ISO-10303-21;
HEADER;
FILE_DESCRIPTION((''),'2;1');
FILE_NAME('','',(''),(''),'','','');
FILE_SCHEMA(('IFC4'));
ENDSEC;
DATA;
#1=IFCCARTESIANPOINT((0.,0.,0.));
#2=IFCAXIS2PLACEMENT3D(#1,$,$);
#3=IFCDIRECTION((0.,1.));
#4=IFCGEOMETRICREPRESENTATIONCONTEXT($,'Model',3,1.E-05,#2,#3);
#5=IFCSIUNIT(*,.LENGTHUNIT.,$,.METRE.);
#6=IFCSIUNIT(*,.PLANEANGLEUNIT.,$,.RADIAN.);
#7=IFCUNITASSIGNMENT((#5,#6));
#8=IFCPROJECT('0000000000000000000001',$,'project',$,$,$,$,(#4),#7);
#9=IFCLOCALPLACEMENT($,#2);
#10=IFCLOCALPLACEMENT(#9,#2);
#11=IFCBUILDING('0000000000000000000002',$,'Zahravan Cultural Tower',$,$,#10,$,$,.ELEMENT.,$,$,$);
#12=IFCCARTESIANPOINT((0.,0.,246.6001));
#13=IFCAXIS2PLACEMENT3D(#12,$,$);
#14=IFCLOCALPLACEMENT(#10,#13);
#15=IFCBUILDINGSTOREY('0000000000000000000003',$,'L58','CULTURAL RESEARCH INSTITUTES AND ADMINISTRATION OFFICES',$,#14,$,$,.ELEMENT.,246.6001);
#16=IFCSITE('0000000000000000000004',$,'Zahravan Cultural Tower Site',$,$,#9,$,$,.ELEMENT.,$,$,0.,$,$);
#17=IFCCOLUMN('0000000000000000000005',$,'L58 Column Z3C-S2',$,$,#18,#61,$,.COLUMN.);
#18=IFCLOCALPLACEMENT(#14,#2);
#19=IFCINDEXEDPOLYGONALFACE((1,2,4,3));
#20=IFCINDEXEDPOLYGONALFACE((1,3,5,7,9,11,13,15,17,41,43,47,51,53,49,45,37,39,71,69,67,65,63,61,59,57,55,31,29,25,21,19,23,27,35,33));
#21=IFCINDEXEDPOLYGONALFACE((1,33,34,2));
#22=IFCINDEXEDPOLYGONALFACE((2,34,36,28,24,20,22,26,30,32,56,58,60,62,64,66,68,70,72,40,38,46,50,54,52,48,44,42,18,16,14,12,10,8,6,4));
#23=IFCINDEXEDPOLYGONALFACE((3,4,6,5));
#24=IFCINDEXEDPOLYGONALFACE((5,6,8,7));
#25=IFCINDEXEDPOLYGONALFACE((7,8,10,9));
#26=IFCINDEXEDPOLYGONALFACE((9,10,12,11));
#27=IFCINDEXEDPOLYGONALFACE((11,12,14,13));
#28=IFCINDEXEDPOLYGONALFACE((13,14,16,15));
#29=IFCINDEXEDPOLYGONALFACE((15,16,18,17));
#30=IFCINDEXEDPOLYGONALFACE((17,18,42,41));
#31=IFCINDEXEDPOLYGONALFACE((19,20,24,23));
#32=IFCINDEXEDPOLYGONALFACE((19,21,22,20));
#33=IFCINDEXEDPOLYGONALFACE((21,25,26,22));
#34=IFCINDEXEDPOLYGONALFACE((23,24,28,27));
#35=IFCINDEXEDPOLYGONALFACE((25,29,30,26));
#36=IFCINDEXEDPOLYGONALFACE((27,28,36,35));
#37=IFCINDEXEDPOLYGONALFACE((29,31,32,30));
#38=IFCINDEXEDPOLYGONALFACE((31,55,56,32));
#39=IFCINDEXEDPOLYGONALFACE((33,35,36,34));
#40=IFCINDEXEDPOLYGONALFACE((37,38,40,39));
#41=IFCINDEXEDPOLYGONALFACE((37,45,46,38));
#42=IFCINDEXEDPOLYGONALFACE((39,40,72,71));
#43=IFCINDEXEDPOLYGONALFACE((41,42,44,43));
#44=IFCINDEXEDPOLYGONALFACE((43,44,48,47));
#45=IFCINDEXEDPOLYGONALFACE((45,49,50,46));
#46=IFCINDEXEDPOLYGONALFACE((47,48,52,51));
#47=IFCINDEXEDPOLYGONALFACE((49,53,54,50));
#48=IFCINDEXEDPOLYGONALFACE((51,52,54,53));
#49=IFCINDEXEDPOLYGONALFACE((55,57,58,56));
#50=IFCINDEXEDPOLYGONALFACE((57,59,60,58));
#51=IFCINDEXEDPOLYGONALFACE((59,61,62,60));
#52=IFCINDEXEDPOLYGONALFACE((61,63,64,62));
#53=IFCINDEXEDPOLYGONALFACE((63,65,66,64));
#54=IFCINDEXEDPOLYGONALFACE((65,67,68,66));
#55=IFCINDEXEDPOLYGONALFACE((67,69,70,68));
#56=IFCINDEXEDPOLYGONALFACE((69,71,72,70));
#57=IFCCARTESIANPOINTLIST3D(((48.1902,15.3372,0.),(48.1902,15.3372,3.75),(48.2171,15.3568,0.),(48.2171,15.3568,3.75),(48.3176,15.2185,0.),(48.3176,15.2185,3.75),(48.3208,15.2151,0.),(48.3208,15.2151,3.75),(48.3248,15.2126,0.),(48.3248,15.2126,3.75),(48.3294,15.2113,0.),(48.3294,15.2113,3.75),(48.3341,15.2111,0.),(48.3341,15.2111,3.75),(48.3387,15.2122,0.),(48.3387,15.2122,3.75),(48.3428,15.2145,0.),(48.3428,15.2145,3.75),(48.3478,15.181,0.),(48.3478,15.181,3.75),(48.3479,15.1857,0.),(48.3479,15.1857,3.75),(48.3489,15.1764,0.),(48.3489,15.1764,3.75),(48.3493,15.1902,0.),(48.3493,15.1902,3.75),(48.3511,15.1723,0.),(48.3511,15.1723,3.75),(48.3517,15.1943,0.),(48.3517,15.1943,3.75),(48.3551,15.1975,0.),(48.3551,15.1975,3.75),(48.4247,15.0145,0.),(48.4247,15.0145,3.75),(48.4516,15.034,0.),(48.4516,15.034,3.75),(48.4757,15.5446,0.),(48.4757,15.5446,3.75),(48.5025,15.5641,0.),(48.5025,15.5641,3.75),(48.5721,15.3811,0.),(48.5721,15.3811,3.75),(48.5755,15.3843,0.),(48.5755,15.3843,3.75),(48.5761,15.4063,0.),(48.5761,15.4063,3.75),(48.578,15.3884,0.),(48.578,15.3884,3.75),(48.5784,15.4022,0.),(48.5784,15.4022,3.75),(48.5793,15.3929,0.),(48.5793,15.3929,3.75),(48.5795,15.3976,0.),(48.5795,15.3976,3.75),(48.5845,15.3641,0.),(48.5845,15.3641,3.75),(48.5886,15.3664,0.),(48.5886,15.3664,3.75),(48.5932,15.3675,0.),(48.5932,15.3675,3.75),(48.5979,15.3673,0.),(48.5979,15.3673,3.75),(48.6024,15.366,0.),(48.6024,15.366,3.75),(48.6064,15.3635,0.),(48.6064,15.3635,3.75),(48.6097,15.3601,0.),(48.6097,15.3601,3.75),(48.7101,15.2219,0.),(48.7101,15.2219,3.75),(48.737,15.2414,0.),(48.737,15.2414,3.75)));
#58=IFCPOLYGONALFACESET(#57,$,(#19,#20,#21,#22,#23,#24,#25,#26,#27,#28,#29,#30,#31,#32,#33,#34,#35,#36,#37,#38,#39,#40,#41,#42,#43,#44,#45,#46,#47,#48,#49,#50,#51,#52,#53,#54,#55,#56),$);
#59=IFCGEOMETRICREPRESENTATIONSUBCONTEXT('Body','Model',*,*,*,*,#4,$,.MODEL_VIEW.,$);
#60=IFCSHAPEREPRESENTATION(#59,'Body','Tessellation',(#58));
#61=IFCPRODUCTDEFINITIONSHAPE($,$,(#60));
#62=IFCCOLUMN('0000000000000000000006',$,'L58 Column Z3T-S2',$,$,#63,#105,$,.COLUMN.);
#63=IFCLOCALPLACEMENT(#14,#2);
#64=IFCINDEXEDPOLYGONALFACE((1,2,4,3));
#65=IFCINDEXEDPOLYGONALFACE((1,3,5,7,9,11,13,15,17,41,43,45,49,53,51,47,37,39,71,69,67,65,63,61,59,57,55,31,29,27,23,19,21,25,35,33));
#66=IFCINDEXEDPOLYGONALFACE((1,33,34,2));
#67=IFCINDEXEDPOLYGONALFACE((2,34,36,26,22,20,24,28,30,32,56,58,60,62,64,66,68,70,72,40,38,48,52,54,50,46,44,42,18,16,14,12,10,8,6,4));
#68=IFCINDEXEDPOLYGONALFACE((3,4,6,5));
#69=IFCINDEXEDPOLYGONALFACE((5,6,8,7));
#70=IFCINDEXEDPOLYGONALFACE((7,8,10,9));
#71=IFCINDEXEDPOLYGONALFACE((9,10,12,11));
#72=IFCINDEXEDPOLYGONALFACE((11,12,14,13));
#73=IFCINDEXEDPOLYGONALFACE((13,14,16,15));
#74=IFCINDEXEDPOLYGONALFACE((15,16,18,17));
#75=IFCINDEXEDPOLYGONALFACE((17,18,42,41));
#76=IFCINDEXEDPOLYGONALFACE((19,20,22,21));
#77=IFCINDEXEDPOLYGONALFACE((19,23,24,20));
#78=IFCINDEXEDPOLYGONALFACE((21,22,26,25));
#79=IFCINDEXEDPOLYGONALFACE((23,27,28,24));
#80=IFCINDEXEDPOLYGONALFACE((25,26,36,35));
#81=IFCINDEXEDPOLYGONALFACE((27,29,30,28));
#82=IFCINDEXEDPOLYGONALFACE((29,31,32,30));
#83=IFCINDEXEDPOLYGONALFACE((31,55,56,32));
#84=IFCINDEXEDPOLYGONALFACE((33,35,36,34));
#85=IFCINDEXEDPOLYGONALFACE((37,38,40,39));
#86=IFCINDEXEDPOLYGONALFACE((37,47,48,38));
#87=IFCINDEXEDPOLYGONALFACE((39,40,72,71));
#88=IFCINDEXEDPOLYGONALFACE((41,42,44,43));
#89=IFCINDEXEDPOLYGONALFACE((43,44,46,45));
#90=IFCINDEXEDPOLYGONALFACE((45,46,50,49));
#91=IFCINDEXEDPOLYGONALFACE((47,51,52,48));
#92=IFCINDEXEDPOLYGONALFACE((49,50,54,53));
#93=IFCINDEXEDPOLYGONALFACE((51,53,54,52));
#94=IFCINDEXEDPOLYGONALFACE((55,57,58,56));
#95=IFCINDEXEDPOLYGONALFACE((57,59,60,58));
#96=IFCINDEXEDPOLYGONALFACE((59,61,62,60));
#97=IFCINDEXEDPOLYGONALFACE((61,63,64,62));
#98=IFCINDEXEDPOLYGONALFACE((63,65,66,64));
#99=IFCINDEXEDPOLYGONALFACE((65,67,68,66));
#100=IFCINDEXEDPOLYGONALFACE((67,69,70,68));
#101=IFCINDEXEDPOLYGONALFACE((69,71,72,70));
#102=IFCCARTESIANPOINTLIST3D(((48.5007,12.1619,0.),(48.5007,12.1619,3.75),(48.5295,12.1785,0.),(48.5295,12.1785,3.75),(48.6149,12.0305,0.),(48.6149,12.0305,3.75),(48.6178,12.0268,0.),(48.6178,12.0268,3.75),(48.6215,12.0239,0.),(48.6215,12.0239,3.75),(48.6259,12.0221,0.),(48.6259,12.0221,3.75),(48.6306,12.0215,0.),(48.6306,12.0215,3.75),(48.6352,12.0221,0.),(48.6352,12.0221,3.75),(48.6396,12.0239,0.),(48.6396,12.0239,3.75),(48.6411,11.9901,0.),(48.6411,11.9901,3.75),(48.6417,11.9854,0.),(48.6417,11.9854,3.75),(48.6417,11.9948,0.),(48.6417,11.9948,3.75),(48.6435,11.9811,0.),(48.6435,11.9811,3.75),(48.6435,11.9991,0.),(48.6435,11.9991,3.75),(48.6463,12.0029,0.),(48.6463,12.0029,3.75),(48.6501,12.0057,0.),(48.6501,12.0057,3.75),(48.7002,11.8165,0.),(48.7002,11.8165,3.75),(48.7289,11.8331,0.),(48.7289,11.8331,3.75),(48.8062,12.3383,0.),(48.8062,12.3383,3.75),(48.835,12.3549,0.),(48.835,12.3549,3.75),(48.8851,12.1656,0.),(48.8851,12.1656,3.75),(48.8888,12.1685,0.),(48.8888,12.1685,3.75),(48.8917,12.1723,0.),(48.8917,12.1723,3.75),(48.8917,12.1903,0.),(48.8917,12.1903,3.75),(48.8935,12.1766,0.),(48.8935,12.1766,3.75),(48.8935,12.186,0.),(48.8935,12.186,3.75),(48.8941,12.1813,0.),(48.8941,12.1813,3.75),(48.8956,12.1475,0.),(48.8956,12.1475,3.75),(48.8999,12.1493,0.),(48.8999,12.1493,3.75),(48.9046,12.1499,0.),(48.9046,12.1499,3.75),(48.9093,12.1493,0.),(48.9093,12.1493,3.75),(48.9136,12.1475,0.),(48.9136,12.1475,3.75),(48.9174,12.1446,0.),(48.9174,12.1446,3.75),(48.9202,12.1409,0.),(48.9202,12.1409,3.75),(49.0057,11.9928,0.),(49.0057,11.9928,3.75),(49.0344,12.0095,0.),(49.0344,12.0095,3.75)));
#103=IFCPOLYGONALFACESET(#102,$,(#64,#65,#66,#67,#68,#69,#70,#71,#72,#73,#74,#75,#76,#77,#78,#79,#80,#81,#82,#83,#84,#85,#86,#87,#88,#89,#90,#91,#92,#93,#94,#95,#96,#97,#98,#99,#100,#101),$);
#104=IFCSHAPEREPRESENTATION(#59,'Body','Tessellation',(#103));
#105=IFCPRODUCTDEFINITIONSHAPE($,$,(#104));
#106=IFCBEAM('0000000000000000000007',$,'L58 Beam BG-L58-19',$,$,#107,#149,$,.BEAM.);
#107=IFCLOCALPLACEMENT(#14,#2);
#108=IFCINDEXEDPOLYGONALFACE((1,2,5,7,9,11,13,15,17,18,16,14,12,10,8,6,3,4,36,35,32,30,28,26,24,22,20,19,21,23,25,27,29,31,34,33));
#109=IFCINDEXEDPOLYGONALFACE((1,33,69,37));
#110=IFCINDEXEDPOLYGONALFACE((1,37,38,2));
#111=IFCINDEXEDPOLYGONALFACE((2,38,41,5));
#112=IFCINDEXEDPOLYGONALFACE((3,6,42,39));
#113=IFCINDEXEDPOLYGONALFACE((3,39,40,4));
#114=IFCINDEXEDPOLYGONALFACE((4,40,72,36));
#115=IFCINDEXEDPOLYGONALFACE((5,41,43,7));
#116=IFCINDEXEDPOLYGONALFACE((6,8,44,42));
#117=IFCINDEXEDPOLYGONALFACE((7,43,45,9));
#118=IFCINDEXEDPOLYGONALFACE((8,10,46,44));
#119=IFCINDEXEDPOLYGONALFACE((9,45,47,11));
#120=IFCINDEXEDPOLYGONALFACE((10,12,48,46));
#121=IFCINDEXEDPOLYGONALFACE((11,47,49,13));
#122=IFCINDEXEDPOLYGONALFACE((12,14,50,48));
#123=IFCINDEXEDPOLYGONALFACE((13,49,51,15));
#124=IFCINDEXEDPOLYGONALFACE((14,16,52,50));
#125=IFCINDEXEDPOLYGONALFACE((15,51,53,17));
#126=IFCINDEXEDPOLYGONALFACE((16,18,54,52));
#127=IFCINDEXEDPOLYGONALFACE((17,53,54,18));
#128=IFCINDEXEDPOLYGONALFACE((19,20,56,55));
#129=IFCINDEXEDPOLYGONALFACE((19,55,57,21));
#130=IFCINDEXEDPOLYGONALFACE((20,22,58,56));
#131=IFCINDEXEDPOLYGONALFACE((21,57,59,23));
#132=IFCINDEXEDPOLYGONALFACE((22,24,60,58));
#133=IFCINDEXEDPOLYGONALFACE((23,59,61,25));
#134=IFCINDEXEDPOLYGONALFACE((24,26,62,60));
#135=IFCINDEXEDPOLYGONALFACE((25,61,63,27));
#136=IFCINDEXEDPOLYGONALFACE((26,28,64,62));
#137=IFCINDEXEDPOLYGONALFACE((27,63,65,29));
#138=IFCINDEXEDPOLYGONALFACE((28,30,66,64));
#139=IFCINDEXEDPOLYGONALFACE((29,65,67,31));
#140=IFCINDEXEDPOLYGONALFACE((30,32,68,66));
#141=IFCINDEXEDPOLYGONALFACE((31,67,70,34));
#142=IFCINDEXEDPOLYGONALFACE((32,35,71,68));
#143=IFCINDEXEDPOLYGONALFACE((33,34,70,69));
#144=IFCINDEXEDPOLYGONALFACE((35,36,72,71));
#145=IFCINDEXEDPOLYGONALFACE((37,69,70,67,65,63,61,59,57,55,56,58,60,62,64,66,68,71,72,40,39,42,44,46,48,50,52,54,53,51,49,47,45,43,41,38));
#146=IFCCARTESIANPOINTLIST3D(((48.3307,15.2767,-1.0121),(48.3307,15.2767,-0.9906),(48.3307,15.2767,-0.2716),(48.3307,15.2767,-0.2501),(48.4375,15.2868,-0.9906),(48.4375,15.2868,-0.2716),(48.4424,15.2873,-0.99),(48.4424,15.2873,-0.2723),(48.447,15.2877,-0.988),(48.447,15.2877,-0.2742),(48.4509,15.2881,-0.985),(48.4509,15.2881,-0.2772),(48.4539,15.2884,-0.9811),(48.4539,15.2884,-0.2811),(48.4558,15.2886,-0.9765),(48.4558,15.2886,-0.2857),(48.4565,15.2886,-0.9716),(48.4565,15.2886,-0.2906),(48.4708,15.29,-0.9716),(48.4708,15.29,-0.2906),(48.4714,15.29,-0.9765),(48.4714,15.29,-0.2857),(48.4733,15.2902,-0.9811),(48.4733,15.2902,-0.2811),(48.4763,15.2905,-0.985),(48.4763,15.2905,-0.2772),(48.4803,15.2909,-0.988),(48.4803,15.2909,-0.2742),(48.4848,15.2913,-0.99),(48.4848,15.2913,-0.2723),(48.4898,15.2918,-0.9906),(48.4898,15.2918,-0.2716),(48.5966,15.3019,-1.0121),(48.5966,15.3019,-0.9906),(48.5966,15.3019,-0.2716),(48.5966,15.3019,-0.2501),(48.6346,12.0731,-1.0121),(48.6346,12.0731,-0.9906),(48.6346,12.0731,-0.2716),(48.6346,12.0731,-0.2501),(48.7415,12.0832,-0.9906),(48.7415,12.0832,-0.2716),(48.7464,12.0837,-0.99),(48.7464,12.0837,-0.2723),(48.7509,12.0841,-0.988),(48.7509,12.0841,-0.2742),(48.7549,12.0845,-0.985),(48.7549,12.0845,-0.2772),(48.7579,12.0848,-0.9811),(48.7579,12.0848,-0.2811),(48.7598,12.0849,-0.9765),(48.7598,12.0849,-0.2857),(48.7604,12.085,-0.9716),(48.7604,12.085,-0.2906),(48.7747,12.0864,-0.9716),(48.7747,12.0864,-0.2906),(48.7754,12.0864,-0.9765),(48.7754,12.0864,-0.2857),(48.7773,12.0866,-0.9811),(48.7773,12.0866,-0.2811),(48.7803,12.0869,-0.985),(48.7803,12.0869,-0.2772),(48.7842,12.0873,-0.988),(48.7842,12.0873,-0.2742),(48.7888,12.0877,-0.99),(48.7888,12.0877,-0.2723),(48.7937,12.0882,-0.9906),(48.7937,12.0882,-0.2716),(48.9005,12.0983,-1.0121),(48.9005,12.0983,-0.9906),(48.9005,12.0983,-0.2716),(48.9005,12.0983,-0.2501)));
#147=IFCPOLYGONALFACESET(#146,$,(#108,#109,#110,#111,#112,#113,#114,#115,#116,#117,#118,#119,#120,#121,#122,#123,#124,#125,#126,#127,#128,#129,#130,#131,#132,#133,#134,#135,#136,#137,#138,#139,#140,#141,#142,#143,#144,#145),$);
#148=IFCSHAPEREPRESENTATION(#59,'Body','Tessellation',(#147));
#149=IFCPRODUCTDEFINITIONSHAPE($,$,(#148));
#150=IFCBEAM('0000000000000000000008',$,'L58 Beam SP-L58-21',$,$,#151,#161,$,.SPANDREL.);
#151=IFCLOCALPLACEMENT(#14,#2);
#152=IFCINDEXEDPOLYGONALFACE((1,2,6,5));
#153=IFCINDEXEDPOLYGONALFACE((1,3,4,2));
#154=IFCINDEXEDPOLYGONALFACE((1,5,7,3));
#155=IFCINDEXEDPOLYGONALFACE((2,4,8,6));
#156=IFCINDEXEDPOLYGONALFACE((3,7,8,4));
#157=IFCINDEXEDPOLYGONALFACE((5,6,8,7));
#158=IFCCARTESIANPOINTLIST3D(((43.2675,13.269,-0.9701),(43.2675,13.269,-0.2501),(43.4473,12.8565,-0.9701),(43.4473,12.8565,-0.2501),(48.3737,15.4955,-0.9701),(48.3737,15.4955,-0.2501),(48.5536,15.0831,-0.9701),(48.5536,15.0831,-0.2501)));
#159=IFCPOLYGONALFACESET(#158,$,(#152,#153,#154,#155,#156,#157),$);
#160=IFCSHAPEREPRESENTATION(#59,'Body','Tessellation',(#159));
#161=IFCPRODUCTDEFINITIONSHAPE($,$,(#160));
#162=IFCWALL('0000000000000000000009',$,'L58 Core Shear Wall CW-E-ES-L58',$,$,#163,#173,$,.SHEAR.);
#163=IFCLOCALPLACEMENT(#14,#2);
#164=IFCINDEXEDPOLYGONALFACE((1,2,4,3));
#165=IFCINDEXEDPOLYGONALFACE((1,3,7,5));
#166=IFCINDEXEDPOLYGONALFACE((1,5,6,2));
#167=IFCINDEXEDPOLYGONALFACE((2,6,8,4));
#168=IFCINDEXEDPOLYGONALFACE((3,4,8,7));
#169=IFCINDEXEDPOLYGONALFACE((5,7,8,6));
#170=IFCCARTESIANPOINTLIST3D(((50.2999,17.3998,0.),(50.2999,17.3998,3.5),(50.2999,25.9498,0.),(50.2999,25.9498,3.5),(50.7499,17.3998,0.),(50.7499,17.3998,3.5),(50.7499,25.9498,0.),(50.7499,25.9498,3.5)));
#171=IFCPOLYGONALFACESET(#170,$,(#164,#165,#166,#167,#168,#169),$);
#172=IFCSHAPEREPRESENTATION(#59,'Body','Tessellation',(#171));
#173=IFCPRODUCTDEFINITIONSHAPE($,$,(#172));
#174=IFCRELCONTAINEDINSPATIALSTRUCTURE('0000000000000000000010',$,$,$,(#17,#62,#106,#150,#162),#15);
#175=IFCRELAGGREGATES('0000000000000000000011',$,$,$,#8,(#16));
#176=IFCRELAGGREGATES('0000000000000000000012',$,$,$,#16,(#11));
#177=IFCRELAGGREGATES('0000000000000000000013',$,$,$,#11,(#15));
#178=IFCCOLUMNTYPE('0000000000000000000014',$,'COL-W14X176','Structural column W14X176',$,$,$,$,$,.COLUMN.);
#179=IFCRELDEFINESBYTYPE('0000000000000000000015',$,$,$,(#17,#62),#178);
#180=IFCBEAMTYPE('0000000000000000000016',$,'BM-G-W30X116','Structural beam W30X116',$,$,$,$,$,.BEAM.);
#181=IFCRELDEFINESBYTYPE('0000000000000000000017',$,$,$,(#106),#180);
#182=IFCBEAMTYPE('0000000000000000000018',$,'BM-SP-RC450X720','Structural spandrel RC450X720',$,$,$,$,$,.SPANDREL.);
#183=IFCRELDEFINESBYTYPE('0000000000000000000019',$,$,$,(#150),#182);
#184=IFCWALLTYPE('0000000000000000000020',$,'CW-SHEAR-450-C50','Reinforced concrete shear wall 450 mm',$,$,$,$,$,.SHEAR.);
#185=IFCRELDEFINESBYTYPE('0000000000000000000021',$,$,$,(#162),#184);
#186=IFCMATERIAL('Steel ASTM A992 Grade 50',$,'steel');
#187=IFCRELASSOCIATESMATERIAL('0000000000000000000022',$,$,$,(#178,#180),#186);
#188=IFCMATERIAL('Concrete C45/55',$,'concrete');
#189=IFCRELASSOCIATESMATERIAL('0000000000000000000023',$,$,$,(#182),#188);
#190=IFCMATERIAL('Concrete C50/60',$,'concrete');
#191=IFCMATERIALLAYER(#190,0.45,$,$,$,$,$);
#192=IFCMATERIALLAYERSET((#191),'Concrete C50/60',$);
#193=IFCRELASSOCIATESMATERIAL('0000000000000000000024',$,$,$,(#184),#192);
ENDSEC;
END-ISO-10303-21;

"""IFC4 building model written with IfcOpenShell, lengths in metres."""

from ifc_helpers import new_model, si_unit, direction, frame, frame_2d, origin, origin_2d, place, context, subcontext, project, spatial, rectangle, i_section, extrude, source, transform, mapped, material, layer, layer_set, material_profile, profile_set, type_object, element, save


model = new_model("IFC4")

# Units and contexts
model_context = context("Model", 3, precision=1e-05, world=origin(), true_north=direction((0.0, 1.0)))
body_context = subcontext(model_context, "Body", "Model", "MODEL_VIEW")
ifc_project = project(units=[si_unit("LENGTHUNIT", "METRE"), si_unit("PLANEANGLEUNIT", "RADIAN")], contexts=[model_context])

# Site, building, storey
site_placement = place(None, origin())
site = spatial("IfcSite", under=ifc_project, at=site_placement, Name="Zahravan Cultural Tower Site", CompositionType="ELEMENT", RefElevation=0.0)
building_placement = place(site_placement, origin())
building = spatial("IfcBuilding", under=site, at=building_placement, Name="Zahravan Cultural Tower", CompositionType="ELEMENT")
storey_placement = place(building_placement, frame((0.0, 0.0, 246.6001)))
storey = spatial("IfcBuildingStorey", under=building, at=storey_placement, Name="L58", Description="CULTURAL RESEARCH INSTITUTES AND ADMINISTRATION OFFICES", CompositionType="ELEMENT", Elevation=246.6001)

# Columns
ifc_material_1 = material(Name="Steel ASTM A992 Grade 50", Category="steel")
ifc_material_profile_1 = material_profile(ifc_material_1, i_section(OverallWidth=0.3989, OverallDepth=0.386, WebThickness=0.021, FlangeThickness=0.0332, FilletRadius=0.0181, at=origin_2d()), Name="W14X176")
ifc_profile_set_1 = profile_set([ifc_material_profile_1], Name="Steel ASTM A992 Grade 50")
column_type = type_object("IfcColumnType", Name="COL-W14X176", Description="Structural column W14X176", PredefinedType="COLUMN", material=ifc_profile_set_1)
shared_shape_1 = source(origin(), body_context, "Body", "SweptSolid", [
    extrude(i_section(OverallWidth=0.3989, OverallDepth=0.386, WebThickness=0.021, FlangeThickness=0.0332, FilletRadius=0.0181, at=origin_2d()), origin(), (0.0, 0.0, 1.0), 3.75),
])
for number, where, z_axis, x_axis, name in (
    (1, (48.4636, 15.2893, 0.0), (0.0, 0.0, 1.0), (-0.587785, 0.809017, 0.0), "L58 Column Z3C-S2"),
    (2, (48.7676, 12.0857, 0.0), (0.0, 0.0, 1.0), (-0.5, 0.866025, 0.0), "L58 Column Z3T-S2"),
):
    element("IfcColumn", number, at=place(storey_placement, frame(where, z_axis=z_axis, x_axis=x_axis)), inside=storey, type_object=column_type, Name=name, PredefinedType="COLUMN", context=body_context, shape_type="MappedRepresentation", body=[
        mapped(shared_shape_1, transform((0.0, 0.0, 0.0), x_axis=(1.0, 0.0, 0.0), y_axis=(0.0, 1.0, 0.0), z_axis=(0.0, 0.0, 1.0), scale=1.0)),
    ])

# Beams
ifc_material_profile_2 = material_profile(ifc_material_1, i_section(OverallWidth=0.2671, OverallDepth=0.762, WebThickness=0.0144, FlangeThickness=0.0215, FilletRadius=0.019, at=origin_2d()), Name="W30X116")
ifc_profile_set_2 = profile_set([ifc_material_profile_2], Name="Steel ASTM A992 Grade 50")
beam_type_1 = type_object("IfcBeamType", Name="BM-G-W30X116", Description="Structural beam W30X116", PredefinedType="BEAM", material=ifc_profile_set_2)
shared_shape_2 = source(origin(), body_context, "Body", "SweptSolid", [
    extrude(i_section(OverallWidth=0.2671, OverallDepth=0.762, WebThickness=0.0144, FlangeThickness=0.0215, FilletRadius=0.019, at=origin_2d()), origin(), (0.0, 0.0, 1.0), 3.218),
])
beam_1_placement = place(storey_placement, frame((48.4636, 15.2893, -0.6311), z_axis=(0.094455, -0.995529, 0.0), x_axis=(0.995529, 0.094455, 0.0)))
element("IfcBeam", 3, at=beam_1_placement, inside=storey, type_object=beam_type_1, Name="L58 Beam BG-L58-19", PredefinedType="BEAM", context=body_context, shape_type="MappedRepresentation", body=[
    mapped(shared_shape_2, transform((0.0, 0.0, 0.0), x_axis=(1.0, 0.0, 0.0), y_axis=(0.0, 1.0, 0.0), z_axis=(0.0, 0.0, 1.0), scale=1.0)),
])
ifc_material_2 = material(Name="Concrete C45/55", Category="concrete")
ifc_material_profile_3 = material_profile(ifc_material_2, rectangle(XDim=0.45, YDim=0.72, at=origin_2d()), Name="RC450X720")
ifc_profile_set_3 = profile_set([ifc_material_profile_3], Name="Concrete C45/55")
beam_type_2 = type_object("IfcBeamType", Name="BM-SP-RC450X720", Description="Structural spandrel RC450X720", PredefinedType="SPANDREL", material=ifc_profile_set_3)
shared_shape_3 = source(origin(), body_context, "Body", "SweptSolid", [
    extrude(rectangle(XDim=0.45, YDim=0.72, at=origin_2d()), origin(), (0.0, 0.0, 1.0), 5.5706),
])
beam_2_placement = place(storey_placement, frame((43.3574, 13.0627, -0.6101), z_axis=(0.916645, 0.399703, 0.0), x_axis=(-0.399703, 0.916645, 0.0)))
element("IfcBeam", 4, at=beam_2_placement, inside=storey, type_object=beam_type_2, Name="L58 Beam SP-L58-21", PredefinedType="SPANDREL", context=body_context, shape_type="MappedRepresentation", body=[
    mapped(shared_shape_3, transform((0.0, 0.0, 0.0), x_axis=(1.0, 0.0, 0.0), y_axis=(0.0, 1.0, 0.0), z_axis=(0.0, 0.0, 1.0), scale=1.0)),
])

# Wall
ifc_material_3 = material(Name="Concrete C50/60", Category="concrete")
ifc_layer_1 = layer(ifc_material_3, 0.45)
ifc_layer_set_1 = layer_set([ifc_layer_1], Name="Concrete C50/60")
wall_type_1 = type_object("IfcWallType", Name="CW-SHEAR-450-C50", Description="Reinforced concrete shear wall 450 mm", PredefinedType="SHEAR", material=ifc_layer_set_1)
shared_shape_4 = source(origin(), body_context, "Body", "SweptSolid", [
    extrude(rectangle(XDim=8.55, YDim=0.45, at=frame_2d((4.2749, 0.0))), origin(), (0.0, 0.0, 1.0), 3.5),
])
wall_1_placement = place(storey_placement, frame((50.5249, 17.3999, 0.0), z_axis=(0.0, 0.0, 1.0), x_axis=(0.0, 1.0, 0.0)))
element("IfcWall", 5, at=wall_1_placement, inside=storey, type_object=wall_type_1, Name="L58 Core Shear Wall CW-E-ES-L58", PredefinedType="SHEAR", context=body_context, shape_type="MappedRepresentation", body=[
    mapped(shared_shape_4, transform((0.0, 0.0, 0.0), x_axis=(1.0, 0.0, 0.0), y_axis=(0.0, 1.0, 0.0), z_axis=(0.0, 0.0, 1.0), scale=1.0)),
])

save(model, "model.ifc")
